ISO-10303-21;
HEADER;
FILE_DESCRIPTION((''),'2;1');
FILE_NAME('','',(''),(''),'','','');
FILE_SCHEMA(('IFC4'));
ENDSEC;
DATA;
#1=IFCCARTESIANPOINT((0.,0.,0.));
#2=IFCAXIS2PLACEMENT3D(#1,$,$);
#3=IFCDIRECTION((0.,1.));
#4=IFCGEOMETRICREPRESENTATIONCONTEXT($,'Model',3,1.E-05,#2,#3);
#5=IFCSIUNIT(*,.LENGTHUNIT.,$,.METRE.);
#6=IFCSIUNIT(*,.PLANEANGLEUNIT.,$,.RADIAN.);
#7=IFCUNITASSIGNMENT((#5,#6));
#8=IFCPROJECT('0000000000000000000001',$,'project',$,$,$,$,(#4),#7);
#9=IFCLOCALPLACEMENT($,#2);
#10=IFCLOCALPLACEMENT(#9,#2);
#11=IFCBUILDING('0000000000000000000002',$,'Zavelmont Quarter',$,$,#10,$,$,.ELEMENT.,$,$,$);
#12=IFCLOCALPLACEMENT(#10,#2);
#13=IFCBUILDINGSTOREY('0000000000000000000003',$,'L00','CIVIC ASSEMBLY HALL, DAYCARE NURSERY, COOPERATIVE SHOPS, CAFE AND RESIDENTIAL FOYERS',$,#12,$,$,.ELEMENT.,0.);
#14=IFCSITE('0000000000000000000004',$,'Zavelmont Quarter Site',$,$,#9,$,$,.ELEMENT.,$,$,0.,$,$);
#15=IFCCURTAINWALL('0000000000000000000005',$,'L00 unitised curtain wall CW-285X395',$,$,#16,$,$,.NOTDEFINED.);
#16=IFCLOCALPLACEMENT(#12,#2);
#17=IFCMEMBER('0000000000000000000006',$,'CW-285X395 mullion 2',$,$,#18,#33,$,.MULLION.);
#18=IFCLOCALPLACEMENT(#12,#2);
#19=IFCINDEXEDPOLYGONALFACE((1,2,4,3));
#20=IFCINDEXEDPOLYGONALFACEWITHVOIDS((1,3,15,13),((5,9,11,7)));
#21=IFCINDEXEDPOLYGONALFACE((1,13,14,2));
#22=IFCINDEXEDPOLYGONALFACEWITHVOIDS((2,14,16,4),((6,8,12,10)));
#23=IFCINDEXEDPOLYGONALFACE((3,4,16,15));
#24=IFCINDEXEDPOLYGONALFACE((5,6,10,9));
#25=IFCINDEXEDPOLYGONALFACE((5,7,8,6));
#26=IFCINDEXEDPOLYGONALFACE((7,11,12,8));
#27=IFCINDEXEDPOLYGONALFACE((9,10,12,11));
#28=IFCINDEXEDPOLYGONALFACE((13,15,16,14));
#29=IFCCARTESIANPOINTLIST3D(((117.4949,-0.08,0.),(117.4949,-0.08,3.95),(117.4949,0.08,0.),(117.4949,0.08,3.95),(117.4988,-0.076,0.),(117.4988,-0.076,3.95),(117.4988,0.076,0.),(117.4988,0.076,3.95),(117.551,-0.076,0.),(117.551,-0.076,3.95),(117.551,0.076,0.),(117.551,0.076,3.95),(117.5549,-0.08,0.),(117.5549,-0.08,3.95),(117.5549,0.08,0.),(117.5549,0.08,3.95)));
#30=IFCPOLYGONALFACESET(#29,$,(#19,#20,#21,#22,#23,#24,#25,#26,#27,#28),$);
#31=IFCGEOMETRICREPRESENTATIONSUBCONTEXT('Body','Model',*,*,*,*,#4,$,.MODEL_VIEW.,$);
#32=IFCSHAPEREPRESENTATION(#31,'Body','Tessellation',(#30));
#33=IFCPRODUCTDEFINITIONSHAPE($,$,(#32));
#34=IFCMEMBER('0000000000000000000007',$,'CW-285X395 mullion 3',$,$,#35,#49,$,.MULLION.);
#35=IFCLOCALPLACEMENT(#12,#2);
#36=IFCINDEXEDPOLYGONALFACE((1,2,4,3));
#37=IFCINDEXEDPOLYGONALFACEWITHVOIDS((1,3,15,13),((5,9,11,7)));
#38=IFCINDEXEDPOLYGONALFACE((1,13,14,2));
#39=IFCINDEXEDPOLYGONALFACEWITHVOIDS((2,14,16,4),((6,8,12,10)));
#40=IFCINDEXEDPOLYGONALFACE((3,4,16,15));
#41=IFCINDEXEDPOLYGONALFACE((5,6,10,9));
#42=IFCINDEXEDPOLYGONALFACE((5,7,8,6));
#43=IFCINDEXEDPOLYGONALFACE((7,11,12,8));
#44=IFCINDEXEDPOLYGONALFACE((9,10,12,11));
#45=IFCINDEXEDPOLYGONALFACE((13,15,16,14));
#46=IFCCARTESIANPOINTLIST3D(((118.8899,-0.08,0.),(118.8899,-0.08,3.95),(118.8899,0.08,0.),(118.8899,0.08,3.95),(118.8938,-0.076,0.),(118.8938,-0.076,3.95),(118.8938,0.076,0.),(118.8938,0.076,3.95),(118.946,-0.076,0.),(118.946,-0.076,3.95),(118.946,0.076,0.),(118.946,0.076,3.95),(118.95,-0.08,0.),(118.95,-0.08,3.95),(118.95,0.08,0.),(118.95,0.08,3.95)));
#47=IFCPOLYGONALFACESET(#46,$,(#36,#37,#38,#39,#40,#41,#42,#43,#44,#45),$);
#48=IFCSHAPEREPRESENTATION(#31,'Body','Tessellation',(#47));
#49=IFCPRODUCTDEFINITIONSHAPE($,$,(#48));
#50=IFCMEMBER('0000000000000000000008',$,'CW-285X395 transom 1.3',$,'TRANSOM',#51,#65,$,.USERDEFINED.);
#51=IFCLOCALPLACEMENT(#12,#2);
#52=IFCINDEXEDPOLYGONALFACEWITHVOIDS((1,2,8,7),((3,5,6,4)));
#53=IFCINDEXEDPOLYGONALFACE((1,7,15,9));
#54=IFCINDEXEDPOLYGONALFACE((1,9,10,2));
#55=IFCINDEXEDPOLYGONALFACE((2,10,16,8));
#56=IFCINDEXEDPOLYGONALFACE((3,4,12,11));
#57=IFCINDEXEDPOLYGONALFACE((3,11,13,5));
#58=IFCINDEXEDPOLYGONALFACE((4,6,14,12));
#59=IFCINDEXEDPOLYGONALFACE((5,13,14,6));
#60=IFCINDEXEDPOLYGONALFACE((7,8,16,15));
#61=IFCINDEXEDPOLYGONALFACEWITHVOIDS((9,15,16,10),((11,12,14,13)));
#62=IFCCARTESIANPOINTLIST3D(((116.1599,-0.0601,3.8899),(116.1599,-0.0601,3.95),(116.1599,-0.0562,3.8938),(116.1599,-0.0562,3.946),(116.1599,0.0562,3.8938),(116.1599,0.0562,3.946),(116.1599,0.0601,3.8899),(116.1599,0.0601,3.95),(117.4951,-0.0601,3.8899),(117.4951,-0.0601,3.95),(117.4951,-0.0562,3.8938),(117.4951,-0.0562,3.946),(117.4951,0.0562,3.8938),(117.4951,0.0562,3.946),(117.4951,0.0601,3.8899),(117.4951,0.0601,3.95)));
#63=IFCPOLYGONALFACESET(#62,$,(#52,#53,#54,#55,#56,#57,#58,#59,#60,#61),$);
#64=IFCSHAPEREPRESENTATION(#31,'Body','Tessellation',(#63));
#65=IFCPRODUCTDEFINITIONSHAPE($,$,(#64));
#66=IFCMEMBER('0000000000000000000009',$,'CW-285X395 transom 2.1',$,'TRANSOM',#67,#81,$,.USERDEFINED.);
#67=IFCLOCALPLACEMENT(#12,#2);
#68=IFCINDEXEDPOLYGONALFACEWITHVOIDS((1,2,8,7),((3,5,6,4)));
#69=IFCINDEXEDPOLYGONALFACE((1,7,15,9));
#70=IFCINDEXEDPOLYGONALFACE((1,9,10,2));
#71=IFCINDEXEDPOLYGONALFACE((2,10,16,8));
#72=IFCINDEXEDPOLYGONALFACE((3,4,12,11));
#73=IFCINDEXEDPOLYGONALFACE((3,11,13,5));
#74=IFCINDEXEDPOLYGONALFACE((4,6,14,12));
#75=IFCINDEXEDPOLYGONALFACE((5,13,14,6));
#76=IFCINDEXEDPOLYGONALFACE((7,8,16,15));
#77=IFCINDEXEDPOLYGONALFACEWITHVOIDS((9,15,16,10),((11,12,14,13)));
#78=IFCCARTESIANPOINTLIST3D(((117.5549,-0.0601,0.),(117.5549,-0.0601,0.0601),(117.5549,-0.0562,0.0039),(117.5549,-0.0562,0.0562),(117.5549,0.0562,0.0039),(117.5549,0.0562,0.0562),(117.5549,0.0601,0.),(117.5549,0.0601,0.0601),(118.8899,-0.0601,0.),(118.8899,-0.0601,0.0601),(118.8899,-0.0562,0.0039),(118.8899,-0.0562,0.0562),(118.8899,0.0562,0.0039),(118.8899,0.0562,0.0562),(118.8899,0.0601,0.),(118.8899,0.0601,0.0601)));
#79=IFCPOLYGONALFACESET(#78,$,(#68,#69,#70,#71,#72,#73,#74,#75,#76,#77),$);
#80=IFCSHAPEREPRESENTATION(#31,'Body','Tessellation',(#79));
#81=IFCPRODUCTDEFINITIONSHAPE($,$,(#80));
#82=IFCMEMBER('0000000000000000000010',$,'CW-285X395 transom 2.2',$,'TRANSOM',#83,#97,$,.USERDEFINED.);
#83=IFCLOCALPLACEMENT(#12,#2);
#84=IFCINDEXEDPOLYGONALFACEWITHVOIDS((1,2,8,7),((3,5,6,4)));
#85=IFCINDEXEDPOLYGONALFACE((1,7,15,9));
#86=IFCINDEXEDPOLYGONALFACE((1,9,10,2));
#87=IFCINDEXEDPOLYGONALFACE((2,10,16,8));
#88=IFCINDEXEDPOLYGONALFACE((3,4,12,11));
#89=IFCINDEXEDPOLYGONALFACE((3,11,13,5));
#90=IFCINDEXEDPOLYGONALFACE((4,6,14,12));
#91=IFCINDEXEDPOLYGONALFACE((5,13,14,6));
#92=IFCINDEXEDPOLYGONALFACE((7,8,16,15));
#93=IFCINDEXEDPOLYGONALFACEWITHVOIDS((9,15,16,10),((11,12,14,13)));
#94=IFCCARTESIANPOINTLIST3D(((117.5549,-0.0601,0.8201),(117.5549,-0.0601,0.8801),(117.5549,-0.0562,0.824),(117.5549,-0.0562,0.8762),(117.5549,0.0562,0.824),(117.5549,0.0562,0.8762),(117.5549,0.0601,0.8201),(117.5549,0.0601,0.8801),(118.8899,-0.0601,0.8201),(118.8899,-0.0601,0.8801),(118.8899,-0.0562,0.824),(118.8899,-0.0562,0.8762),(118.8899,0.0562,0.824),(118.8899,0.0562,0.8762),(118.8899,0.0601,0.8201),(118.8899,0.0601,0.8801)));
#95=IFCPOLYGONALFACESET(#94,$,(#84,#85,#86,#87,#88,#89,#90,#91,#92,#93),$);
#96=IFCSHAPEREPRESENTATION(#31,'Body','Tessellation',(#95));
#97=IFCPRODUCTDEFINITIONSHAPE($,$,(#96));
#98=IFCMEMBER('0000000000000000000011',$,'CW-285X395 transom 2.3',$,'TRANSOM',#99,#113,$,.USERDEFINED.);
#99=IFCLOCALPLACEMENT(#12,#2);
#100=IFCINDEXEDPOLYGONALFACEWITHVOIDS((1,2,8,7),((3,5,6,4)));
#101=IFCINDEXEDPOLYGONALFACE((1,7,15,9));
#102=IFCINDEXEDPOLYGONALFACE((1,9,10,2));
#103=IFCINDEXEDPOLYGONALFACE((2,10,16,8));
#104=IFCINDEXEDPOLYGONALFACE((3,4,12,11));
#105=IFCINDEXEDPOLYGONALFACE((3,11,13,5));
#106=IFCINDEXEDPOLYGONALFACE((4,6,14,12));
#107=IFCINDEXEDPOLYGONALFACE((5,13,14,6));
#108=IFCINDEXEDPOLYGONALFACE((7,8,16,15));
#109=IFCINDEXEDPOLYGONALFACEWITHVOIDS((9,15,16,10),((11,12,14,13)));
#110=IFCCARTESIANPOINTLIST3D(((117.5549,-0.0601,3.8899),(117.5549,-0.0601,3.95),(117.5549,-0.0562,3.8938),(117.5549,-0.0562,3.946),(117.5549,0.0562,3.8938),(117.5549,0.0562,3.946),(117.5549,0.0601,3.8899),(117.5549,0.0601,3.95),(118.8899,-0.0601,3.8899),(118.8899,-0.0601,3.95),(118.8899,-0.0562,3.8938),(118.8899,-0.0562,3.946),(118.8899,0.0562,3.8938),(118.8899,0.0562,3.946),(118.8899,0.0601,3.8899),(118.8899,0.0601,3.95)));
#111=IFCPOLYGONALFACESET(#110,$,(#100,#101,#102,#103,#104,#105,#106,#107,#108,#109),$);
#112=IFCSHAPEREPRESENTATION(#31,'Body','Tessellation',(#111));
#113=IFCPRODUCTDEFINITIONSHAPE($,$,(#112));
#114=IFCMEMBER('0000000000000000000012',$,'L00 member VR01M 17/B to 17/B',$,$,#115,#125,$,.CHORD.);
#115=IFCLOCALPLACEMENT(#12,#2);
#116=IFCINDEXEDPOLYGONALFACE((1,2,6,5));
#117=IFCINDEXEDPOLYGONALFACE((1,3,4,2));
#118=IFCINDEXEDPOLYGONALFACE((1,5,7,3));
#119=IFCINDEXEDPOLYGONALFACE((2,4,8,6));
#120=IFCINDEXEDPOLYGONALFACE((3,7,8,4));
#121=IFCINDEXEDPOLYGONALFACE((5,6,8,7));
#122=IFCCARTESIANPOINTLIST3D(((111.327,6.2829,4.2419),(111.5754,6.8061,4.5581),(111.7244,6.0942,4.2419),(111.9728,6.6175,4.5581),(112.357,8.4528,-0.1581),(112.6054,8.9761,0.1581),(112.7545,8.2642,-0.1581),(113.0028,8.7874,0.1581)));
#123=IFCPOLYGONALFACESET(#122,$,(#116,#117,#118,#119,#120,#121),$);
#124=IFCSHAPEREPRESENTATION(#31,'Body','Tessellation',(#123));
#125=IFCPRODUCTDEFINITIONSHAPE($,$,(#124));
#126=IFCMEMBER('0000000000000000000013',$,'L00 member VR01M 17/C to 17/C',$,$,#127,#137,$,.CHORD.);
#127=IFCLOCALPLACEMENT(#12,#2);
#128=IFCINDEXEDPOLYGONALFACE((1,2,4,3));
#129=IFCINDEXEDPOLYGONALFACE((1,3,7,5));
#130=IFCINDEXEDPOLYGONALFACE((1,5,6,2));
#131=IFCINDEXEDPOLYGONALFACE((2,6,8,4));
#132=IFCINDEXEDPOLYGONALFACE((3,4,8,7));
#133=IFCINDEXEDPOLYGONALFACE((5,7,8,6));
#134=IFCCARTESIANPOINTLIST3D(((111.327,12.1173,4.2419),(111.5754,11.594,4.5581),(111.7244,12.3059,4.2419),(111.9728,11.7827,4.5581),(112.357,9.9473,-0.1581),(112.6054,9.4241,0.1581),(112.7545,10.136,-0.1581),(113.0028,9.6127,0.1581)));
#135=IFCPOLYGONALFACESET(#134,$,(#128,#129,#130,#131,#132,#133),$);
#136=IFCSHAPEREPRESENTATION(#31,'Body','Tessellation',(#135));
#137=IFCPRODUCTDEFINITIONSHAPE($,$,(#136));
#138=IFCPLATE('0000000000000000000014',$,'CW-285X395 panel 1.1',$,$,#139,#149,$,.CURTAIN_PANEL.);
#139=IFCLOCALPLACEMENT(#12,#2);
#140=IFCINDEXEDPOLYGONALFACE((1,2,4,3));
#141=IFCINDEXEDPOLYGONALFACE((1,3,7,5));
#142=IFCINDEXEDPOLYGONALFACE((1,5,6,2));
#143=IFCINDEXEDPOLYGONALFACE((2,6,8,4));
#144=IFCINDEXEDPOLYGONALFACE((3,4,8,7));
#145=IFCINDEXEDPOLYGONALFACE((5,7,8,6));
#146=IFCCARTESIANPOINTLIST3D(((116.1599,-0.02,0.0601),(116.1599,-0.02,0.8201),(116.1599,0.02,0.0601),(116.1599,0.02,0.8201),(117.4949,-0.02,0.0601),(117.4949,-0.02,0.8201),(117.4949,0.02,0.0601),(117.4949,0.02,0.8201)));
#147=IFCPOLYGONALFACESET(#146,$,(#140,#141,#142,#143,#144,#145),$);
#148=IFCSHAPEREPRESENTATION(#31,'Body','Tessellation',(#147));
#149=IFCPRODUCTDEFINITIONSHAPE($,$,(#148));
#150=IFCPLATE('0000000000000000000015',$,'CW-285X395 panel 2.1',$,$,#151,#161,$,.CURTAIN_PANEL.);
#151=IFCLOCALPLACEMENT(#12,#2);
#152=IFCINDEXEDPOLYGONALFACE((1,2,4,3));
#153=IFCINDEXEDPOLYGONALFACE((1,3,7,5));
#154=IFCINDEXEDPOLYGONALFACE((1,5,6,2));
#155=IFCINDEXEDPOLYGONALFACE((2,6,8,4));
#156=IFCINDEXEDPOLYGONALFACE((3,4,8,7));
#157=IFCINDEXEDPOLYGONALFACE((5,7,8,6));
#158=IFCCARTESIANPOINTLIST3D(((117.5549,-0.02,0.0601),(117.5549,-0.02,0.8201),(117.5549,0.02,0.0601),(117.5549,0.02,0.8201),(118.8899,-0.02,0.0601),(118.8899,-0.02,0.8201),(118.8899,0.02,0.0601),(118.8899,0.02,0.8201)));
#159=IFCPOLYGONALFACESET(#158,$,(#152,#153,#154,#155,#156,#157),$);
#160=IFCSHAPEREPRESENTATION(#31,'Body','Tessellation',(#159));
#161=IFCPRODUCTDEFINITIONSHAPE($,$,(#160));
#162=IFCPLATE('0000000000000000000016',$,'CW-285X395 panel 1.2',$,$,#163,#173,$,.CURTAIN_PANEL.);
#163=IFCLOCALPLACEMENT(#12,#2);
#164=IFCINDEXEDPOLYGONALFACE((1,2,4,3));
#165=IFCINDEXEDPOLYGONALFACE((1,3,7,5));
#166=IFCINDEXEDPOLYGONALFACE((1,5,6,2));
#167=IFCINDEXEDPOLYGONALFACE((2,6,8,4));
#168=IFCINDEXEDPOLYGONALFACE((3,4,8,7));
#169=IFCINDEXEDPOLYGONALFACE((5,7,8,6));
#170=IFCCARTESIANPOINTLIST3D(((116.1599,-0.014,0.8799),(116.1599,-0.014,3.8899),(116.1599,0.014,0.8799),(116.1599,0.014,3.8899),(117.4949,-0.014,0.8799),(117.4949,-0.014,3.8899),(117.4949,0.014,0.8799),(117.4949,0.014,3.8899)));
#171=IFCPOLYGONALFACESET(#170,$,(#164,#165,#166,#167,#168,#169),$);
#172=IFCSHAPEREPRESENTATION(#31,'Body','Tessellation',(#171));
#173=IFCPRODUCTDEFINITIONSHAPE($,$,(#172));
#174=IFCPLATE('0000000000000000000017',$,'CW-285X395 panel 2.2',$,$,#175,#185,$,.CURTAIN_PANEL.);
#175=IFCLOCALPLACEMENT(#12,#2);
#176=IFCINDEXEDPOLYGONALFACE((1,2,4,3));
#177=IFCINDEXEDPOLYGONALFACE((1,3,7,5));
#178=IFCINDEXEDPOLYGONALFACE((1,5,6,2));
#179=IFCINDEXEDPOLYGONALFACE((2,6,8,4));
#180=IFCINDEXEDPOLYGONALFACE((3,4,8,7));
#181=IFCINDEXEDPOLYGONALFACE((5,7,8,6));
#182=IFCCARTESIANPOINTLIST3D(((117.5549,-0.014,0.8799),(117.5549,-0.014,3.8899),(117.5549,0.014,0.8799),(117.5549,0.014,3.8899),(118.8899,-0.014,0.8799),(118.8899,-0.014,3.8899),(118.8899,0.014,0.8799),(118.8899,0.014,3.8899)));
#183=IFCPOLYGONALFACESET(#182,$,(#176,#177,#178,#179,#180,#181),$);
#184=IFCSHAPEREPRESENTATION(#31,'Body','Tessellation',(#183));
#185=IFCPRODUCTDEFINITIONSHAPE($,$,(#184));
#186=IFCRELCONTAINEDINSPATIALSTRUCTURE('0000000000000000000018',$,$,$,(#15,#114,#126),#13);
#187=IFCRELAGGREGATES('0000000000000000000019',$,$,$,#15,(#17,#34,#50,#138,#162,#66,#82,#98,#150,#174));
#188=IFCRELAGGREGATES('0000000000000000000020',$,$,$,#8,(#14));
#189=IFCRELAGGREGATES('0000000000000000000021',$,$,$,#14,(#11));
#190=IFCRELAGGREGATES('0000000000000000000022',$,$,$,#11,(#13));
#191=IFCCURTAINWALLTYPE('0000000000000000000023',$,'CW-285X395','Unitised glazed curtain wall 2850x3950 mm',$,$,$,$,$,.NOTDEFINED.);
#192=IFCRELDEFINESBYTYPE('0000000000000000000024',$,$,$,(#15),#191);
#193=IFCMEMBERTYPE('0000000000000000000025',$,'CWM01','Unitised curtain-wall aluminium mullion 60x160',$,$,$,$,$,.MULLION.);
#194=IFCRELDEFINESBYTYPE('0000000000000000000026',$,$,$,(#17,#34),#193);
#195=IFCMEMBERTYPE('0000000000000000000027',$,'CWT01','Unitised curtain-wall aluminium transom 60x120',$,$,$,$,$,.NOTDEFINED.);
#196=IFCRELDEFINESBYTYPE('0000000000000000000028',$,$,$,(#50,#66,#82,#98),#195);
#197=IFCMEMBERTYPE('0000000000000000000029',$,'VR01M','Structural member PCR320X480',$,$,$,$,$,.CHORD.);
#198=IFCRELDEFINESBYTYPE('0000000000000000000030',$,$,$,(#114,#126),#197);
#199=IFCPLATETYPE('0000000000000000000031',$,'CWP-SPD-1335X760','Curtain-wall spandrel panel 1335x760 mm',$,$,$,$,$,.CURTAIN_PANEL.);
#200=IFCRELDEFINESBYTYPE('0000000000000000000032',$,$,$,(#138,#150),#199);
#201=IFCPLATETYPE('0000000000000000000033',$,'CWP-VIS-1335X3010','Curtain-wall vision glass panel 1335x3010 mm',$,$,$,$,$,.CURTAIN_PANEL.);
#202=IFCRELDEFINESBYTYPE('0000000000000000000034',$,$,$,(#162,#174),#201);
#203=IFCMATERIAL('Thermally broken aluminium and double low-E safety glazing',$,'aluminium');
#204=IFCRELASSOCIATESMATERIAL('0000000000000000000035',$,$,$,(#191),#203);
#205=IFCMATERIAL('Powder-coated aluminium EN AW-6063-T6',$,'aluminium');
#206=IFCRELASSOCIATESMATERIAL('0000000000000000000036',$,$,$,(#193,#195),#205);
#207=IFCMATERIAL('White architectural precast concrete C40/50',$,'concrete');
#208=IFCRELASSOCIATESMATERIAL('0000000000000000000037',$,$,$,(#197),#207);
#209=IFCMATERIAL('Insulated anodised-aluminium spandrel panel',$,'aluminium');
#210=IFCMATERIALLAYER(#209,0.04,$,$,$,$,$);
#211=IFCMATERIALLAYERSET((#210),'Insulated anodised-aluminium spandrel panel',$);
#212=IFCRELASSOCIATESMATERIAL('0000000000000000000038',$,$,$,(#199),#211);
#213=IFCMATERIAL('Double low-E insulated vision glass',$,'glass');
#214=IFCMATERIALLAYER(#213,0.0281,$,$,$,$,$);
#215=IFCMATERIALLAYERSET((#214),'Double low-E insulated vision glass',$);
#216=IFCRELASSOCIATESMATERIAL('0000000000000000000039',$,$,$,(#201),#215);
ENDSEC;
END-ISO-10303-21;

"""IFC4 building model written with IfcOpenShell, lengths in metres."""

from ifc_helpers import new_model, si_unit, direction, frame, origin, origin_2d, place, context, subcontext, project, spatial, rectangle, hollow_rectangle, extrude, material, layer, layer_set, material_profile, profile_set, type_object, element, aggregate, save


model = new_model("IFC4")

# Units and contexts
model_context = context("Model", 3, precision=1e-05, world=origin(), true_north=direction((0.0, 1.0)))
body_context = subcontext(model_context, "Body", "Model", "MODEL_VIEW")
ifc_project = project(units=[si_unit("LENGTHUNIT", "METRE"), si_unit("PLANEANGLEUNIT", "RADIAN")], contexts=[model_context])

# Site, building, storey
site_placement = place(None, origin())
site = spatial("IfcSite", under=ifc_project, at=site_placement, Name="Zavelmont Quarter Site", CompositionType="ELEMENT", RefElevation=0.0)
building_placement = place(site_placement, origin())
building = spatial("IfcBuilding", under=site, at=building_placement, Name="Zavelmont Quarter", CompositionType="ELEMENT")
storey_placement = place(building_placement, origin())
storey = spatial("IfcBuildingStorey", under=building, at=storey_placement, Name="L00", Description="CIVIC ASSEMBLY HALL, DAYCARE NURSERY, COOPERATIVE SHOPS, CAFE AND RESIDENTIAL FOYERS", CompositionType="ELEMENT", Elevation=0.0)

# Curtain wall, members
ifc_material_1 = material(Name="Thermally broken aluminium and double low-E safety glazing", Category="aluminium")
curtain_wall_type = type_object("IfcCurtainWallType", Name="CW-285X395", Description="Unitised glazed curtain wall 2850x3950 mm", PredefinedType="NOTDEFINED", material=ifc_material_1)
curtain_wall_placement = place(storey_placement, origin())
curtain_wall = element("IfcCurtainWall", 1, at=curtain_wall_placement, inside=storey, type_object=curtain_wall_type, Name="L00 unitised curtain wall CW-285X395", PredefinedType="NOTDEFINED")
ifc_material_2 = material(Name="Powder-coated aluminium EN AW-6063-T6", Category="aluminium")
ifc_material_profile_1 = material_profile(ifc_material_2, hollow_rectangle(XDim=0.0601, YDim=0.1599, WallThickness=0.0039, at=origin_2d()), Name="CWM60X160")
ifc_profile_set_1 = profile_set([ifc_material_profile_1], Name="Powder-coated aluminium EN AW-6063-T6")
member_type_1 = type_object("IfcMemberType", Name="CWM01", Description="Unitised curtain-wall aluminium mullion 60x160", PredefinedType="MULLION", material=ifc_profile_set_1)
member_1_placement = place(storey_placement, frame((117.5249, 0.0, 0.0), z_axis=(0.0, 0.0, 1.0), x_axis=(1.0, 0.0, 0.0)))
member_1 = element("IfcMember", 2, at=member_1_placement, type_object=member_type_1, Name="CW-285X395 mullion 2", PredefinedType="MULLION", context=body_context, shape_type="SweptSolid", body=[
    extrude(hollow_rectangle(XDim=0.0601, YDim=0.1599, WallThickness=0.0039, at=origin_2d()), origin(), (0.0, 0.0, 1.0), 3.95),
])
member_2_placement = place(storey_placement, frame((118.9199, 0.0, 0.0), z_axis=(0.0, 0.0, 1.0), x_axis=(1.0, 0.0, 0.0)))
member_2 = element("IfcMember", 3, at=member_2_placement, type_object=member_type_1, Name="CW-285X395 mullion 3", PredefinedType="MULLION", context=body_context, shape_type="SweptSolid", body=[
    extrude(hollow_rectangle(XDim=0.0601, YDim=0.1599, WallThickness=0.0039, at=origin_2d()), origin(), (0.0, 0.0, 1.0), 3.95),
])
ifc_material_profile_2 = material_profile(ifc_material_2, hollow_rectangle(XDim=0.1201, YDim=0.0601, WallThickness=0.0039, at=origin_2d()), Name="CWT60X120")
ifc_profile_set_2 = profile_set([ifc_material_profile_2], Name="Powder-coated aluminium EN AW-6063-T6")
member_type_2 = type_object("IfcMemberType", Name="CWT01", Description="Unitised curtain-wall aluminium transom 60x120", PredefinedType="NOTDEFINED", material=ifc_profile_set_2)
member_3_placement = place(storey_placement, frame((116.1599, 0.0, 3.9199), z_axis=(1.0, 0.0, 0.0), x_axis=(0.0, 1.0, 0.0)))
member_3 = element("IfcMember", 4, at=member_3_placement, type_object=member_type_2, Name="CW-285X395 transom 1.3", ObjectType="TRANSOM", PredefinedType="USERDEFINED", context=body_context, shape_type="SweptSolid", body=[
    extrude(hollow_rectangle(XDim=0.1201, YDim=0.0601, WallThickness=0.0039, at=origin_2d()), origin(), (0.0, 0.0, 1.0), 1.3352),
])
member_4_placement = place(storey_placement, frame((117.5549, 0.0, 0.03), z_axis=(1.0, 0.0, 0.0), x_axis=(0.0, 1.0, 0.0)))
member_4 = element("IfcMember", 5, at=member_4_placement, type_object=member_type_2, Name="CW-285X395 transom 2.1", ObjectType="TRANSOM", PredefinedType="USERDEFINED", context=body_context, shape_type="SweptSolid", body=[
    extrude(hollow_rectangle(XDim=0.1201, YDim=0.0601, WallThickness=0.0039, at=origin_2d()), origin(), (0.0, 0.0, 1.0), 1.335),
])
member_5_placement = place(storey_placement, frame((117.5549, 0.0, 0.8501), z_axis=(1.0, 0.0, 0.0), x_axis=(0.0, 1.0, 0.0)))
member_5 = element("IfcMember", 6, at=member_5_placement, type_object=member_type_2, Name="CW-285X395 transom 2.2", ObjectType="TRANSOM", PredefinedType="USERDEFINED", context=body_context, shape_type="SweptSolid", body=[
    extrude(hollow_rectangle(XDim=0.1201, YDim=0.0601, WallThickness=0.0039, at=origin_2d()), origin(), (0.0, 0.0, 1.0), 1.335),
])
member_6_placement = place(storey_placement, frame((117.5549, 0.0, 3.9199), z_axis=(1.0, 0.0, 0.0), x_axis=(0.0, 1.0, 0.0)))
member_6 = element("IfcMember", 7, at=member_6_placement, type_object=member_type_2, Name="CW-285X395 transom 2.3", ObjectType="TRANSOM", PredefinedType="USERDEFINED", context=body_context, shape_type="SweptSolid", body=[
    extrude(hollow_rectangle(XDim=0.1201, YDim=0.0601, WallThickness=0.0039, at=origin_2d()), origin(), (0.0, 0.0, 1.0), 1.335),
])

# Members
ifc_material_3 = material(Name="White architectural precast concrete C40/50", Category="concrete")
ifc_material_profile_3 = material_profile(ifc_material_3, rectangle(XDim=0.4399, YDim=0.6599, at=origin_2d()), Name="PCR320X480")
ifc_profile_set_3 = profile_set([ifc_material_profile_3], Name="White architectural precast concrete C40/50")
member_type_3 = type_object("IfcMemberType", Name="VR01M", Description="Structural member PCR320X480", PredefinedType="CHORD", material=ifc_profile_set_3)
for number, where, z_axis, x_axis, name in (
    (8, (112.6799, 8.6201, 0.0), (-0.205478, -0.432872, 0.877725), (0.903388, -0.428825, 0.0), "L00 member VR01M 17/B to 17/B"),
    (9, (112.6799, 9.78, 0.0), (-0.205478, 0.432872, 0.877725), (-0.903388, -0.428825, 0.0), "L00 member VR01M 17/C to 17/C"),
):
    element("IfcMember", number, at=place(storey_placement, frame(where, z_axis=z_axis, x_axis=x_axis)), inside=storey, type_object=member_type_3, Name=name, PredefinedType="CHORD", context=body_context, shape_type="SweptSolid", body=[
        extrude(rectangle(XDim=0.4399, YDim=0.6599, at=origin_2d()), origin(), (0.0, 0.0, 1.0), 5.0129),
    ])

# Plates
ifc_material_4 = material(Name="Insulated anodised-aluminium spandrel panel", Category="aluminium")
ifc_layer_1 = layer(ifc_material_4, 0.04)
ifc_layer_set_1 = layer_set([ifc_layer_1], Name="Insulated anodised-aluminium spandrel panel")
plate_type_1 = type_object("IfcPlateType", Name="CWP-SPD-1335X760", Description="Curtain-wall spandrel panel 1335x760 mm", PredefinedType="CURTAIN_PANEL", material=ifc_layer_set_1)
plate_1_placement = place(storey_placement, frame((116.8274, 0.0, 0.0601), z_axis=(0.0, 0.0, 1.0), x_axis=(1.0, 0.0, 0.0)))
plate_1 = element("IfcPlate", 10, at=plate_1_placement, type_object=plate_type_1, Name="CW-285X395 panel 1.1", PredefinedType="CURTAIN_PANEL", context=body_context, shape_type="SweptSolid", body=[
    extrude(rectangle(XDim=1.335, YDim=0.04, at=origin_2d()), origin(), (0.0, 0.0, 1.0), 0.76),
])
plate_2_placement = place(storey_placement, frame((118.2224, 0.0, 0.0601), z_axis=(0.0, 0.0, 1.0), x_axis=(1.0, 0.0, 0.0)))
plate_2 = element("IfcPlate", 11, at=plate_2_placement, type_object=plate_type_1, Name="CW-285X395 panel 2.1", PredefinedType="CURTAIN_PANEL", context=body_context, shape_type="SweptSolid", body=[
    extrude(rectangle(XDim=1.335, YDim=0.04, at=origin_2d()), origin(), (0.0, 0.0, 1.0), 0.76),
])
ifc_material_5 = material(Name="Double low-E insulated vision glass", Category="glass")
ifc_layer_2 = layer(ifc_material_5, 0.0281)
ifc_layer_set_2 = layer_set([ifc_layer_2], Name="Double low-E insulated vision glass")
plate_type_2 = type_object("IfcPlateType", Name="CWP-VIS-1335X3010", Description="Curtain-wall vision glass panel 1335x3010 mm", PredefinedType="CURTAIN_PANEL", material=ifc_layer_set_2)
plate_3_placement = place(storey_placement, frame((116.8274, 0.0, 0.8799), z_axis=(0.0, 0.0, 1.0), x_axis=(1.0, 0.0, 0.0)))
plate_3 = element("IfcPlate", 12, at=plate_3_placement, type_object=plate_type_2, Name="CW-285X395 panel 1.2", PredefinedType="CURTAIN_PANEL", context=body_context, shape_type="SweptSolid", body=[
    extrude(rectangle(XDim=1.335, YDim=0.0281, at=origin_2d()), origin(), (0.0, 0.0, 1.0), 3.01),
])
plate_4_placement = place(storey_placement, frame((118.2224, 0.0, 0.8799), z_axis=(0.0, 0.0, 1.0), x_axis=(1.0, 0.0, 0.0)))
plate_4 = element("IfcPlate", 13, at=plate_4_placement, type_object=plate_type_2, Name="CW-285X395 panel 2.2", PredefinedType="CURTAIN_PANEL", context=body_context, shape_type="SweptSolid", body=[
    extrude(rectangle(XDim=1.335, YDim=0.0281, at=origin_2d()), origin(), (0.0, 0.0, 1.0), 3.01),
])
aggregate(curtain_wall, [member_1, member_2, member_3, plate_1, plate_3, member_4, member_5, member_6, plate_2, plate_4])

save(model, "model.ifc")
